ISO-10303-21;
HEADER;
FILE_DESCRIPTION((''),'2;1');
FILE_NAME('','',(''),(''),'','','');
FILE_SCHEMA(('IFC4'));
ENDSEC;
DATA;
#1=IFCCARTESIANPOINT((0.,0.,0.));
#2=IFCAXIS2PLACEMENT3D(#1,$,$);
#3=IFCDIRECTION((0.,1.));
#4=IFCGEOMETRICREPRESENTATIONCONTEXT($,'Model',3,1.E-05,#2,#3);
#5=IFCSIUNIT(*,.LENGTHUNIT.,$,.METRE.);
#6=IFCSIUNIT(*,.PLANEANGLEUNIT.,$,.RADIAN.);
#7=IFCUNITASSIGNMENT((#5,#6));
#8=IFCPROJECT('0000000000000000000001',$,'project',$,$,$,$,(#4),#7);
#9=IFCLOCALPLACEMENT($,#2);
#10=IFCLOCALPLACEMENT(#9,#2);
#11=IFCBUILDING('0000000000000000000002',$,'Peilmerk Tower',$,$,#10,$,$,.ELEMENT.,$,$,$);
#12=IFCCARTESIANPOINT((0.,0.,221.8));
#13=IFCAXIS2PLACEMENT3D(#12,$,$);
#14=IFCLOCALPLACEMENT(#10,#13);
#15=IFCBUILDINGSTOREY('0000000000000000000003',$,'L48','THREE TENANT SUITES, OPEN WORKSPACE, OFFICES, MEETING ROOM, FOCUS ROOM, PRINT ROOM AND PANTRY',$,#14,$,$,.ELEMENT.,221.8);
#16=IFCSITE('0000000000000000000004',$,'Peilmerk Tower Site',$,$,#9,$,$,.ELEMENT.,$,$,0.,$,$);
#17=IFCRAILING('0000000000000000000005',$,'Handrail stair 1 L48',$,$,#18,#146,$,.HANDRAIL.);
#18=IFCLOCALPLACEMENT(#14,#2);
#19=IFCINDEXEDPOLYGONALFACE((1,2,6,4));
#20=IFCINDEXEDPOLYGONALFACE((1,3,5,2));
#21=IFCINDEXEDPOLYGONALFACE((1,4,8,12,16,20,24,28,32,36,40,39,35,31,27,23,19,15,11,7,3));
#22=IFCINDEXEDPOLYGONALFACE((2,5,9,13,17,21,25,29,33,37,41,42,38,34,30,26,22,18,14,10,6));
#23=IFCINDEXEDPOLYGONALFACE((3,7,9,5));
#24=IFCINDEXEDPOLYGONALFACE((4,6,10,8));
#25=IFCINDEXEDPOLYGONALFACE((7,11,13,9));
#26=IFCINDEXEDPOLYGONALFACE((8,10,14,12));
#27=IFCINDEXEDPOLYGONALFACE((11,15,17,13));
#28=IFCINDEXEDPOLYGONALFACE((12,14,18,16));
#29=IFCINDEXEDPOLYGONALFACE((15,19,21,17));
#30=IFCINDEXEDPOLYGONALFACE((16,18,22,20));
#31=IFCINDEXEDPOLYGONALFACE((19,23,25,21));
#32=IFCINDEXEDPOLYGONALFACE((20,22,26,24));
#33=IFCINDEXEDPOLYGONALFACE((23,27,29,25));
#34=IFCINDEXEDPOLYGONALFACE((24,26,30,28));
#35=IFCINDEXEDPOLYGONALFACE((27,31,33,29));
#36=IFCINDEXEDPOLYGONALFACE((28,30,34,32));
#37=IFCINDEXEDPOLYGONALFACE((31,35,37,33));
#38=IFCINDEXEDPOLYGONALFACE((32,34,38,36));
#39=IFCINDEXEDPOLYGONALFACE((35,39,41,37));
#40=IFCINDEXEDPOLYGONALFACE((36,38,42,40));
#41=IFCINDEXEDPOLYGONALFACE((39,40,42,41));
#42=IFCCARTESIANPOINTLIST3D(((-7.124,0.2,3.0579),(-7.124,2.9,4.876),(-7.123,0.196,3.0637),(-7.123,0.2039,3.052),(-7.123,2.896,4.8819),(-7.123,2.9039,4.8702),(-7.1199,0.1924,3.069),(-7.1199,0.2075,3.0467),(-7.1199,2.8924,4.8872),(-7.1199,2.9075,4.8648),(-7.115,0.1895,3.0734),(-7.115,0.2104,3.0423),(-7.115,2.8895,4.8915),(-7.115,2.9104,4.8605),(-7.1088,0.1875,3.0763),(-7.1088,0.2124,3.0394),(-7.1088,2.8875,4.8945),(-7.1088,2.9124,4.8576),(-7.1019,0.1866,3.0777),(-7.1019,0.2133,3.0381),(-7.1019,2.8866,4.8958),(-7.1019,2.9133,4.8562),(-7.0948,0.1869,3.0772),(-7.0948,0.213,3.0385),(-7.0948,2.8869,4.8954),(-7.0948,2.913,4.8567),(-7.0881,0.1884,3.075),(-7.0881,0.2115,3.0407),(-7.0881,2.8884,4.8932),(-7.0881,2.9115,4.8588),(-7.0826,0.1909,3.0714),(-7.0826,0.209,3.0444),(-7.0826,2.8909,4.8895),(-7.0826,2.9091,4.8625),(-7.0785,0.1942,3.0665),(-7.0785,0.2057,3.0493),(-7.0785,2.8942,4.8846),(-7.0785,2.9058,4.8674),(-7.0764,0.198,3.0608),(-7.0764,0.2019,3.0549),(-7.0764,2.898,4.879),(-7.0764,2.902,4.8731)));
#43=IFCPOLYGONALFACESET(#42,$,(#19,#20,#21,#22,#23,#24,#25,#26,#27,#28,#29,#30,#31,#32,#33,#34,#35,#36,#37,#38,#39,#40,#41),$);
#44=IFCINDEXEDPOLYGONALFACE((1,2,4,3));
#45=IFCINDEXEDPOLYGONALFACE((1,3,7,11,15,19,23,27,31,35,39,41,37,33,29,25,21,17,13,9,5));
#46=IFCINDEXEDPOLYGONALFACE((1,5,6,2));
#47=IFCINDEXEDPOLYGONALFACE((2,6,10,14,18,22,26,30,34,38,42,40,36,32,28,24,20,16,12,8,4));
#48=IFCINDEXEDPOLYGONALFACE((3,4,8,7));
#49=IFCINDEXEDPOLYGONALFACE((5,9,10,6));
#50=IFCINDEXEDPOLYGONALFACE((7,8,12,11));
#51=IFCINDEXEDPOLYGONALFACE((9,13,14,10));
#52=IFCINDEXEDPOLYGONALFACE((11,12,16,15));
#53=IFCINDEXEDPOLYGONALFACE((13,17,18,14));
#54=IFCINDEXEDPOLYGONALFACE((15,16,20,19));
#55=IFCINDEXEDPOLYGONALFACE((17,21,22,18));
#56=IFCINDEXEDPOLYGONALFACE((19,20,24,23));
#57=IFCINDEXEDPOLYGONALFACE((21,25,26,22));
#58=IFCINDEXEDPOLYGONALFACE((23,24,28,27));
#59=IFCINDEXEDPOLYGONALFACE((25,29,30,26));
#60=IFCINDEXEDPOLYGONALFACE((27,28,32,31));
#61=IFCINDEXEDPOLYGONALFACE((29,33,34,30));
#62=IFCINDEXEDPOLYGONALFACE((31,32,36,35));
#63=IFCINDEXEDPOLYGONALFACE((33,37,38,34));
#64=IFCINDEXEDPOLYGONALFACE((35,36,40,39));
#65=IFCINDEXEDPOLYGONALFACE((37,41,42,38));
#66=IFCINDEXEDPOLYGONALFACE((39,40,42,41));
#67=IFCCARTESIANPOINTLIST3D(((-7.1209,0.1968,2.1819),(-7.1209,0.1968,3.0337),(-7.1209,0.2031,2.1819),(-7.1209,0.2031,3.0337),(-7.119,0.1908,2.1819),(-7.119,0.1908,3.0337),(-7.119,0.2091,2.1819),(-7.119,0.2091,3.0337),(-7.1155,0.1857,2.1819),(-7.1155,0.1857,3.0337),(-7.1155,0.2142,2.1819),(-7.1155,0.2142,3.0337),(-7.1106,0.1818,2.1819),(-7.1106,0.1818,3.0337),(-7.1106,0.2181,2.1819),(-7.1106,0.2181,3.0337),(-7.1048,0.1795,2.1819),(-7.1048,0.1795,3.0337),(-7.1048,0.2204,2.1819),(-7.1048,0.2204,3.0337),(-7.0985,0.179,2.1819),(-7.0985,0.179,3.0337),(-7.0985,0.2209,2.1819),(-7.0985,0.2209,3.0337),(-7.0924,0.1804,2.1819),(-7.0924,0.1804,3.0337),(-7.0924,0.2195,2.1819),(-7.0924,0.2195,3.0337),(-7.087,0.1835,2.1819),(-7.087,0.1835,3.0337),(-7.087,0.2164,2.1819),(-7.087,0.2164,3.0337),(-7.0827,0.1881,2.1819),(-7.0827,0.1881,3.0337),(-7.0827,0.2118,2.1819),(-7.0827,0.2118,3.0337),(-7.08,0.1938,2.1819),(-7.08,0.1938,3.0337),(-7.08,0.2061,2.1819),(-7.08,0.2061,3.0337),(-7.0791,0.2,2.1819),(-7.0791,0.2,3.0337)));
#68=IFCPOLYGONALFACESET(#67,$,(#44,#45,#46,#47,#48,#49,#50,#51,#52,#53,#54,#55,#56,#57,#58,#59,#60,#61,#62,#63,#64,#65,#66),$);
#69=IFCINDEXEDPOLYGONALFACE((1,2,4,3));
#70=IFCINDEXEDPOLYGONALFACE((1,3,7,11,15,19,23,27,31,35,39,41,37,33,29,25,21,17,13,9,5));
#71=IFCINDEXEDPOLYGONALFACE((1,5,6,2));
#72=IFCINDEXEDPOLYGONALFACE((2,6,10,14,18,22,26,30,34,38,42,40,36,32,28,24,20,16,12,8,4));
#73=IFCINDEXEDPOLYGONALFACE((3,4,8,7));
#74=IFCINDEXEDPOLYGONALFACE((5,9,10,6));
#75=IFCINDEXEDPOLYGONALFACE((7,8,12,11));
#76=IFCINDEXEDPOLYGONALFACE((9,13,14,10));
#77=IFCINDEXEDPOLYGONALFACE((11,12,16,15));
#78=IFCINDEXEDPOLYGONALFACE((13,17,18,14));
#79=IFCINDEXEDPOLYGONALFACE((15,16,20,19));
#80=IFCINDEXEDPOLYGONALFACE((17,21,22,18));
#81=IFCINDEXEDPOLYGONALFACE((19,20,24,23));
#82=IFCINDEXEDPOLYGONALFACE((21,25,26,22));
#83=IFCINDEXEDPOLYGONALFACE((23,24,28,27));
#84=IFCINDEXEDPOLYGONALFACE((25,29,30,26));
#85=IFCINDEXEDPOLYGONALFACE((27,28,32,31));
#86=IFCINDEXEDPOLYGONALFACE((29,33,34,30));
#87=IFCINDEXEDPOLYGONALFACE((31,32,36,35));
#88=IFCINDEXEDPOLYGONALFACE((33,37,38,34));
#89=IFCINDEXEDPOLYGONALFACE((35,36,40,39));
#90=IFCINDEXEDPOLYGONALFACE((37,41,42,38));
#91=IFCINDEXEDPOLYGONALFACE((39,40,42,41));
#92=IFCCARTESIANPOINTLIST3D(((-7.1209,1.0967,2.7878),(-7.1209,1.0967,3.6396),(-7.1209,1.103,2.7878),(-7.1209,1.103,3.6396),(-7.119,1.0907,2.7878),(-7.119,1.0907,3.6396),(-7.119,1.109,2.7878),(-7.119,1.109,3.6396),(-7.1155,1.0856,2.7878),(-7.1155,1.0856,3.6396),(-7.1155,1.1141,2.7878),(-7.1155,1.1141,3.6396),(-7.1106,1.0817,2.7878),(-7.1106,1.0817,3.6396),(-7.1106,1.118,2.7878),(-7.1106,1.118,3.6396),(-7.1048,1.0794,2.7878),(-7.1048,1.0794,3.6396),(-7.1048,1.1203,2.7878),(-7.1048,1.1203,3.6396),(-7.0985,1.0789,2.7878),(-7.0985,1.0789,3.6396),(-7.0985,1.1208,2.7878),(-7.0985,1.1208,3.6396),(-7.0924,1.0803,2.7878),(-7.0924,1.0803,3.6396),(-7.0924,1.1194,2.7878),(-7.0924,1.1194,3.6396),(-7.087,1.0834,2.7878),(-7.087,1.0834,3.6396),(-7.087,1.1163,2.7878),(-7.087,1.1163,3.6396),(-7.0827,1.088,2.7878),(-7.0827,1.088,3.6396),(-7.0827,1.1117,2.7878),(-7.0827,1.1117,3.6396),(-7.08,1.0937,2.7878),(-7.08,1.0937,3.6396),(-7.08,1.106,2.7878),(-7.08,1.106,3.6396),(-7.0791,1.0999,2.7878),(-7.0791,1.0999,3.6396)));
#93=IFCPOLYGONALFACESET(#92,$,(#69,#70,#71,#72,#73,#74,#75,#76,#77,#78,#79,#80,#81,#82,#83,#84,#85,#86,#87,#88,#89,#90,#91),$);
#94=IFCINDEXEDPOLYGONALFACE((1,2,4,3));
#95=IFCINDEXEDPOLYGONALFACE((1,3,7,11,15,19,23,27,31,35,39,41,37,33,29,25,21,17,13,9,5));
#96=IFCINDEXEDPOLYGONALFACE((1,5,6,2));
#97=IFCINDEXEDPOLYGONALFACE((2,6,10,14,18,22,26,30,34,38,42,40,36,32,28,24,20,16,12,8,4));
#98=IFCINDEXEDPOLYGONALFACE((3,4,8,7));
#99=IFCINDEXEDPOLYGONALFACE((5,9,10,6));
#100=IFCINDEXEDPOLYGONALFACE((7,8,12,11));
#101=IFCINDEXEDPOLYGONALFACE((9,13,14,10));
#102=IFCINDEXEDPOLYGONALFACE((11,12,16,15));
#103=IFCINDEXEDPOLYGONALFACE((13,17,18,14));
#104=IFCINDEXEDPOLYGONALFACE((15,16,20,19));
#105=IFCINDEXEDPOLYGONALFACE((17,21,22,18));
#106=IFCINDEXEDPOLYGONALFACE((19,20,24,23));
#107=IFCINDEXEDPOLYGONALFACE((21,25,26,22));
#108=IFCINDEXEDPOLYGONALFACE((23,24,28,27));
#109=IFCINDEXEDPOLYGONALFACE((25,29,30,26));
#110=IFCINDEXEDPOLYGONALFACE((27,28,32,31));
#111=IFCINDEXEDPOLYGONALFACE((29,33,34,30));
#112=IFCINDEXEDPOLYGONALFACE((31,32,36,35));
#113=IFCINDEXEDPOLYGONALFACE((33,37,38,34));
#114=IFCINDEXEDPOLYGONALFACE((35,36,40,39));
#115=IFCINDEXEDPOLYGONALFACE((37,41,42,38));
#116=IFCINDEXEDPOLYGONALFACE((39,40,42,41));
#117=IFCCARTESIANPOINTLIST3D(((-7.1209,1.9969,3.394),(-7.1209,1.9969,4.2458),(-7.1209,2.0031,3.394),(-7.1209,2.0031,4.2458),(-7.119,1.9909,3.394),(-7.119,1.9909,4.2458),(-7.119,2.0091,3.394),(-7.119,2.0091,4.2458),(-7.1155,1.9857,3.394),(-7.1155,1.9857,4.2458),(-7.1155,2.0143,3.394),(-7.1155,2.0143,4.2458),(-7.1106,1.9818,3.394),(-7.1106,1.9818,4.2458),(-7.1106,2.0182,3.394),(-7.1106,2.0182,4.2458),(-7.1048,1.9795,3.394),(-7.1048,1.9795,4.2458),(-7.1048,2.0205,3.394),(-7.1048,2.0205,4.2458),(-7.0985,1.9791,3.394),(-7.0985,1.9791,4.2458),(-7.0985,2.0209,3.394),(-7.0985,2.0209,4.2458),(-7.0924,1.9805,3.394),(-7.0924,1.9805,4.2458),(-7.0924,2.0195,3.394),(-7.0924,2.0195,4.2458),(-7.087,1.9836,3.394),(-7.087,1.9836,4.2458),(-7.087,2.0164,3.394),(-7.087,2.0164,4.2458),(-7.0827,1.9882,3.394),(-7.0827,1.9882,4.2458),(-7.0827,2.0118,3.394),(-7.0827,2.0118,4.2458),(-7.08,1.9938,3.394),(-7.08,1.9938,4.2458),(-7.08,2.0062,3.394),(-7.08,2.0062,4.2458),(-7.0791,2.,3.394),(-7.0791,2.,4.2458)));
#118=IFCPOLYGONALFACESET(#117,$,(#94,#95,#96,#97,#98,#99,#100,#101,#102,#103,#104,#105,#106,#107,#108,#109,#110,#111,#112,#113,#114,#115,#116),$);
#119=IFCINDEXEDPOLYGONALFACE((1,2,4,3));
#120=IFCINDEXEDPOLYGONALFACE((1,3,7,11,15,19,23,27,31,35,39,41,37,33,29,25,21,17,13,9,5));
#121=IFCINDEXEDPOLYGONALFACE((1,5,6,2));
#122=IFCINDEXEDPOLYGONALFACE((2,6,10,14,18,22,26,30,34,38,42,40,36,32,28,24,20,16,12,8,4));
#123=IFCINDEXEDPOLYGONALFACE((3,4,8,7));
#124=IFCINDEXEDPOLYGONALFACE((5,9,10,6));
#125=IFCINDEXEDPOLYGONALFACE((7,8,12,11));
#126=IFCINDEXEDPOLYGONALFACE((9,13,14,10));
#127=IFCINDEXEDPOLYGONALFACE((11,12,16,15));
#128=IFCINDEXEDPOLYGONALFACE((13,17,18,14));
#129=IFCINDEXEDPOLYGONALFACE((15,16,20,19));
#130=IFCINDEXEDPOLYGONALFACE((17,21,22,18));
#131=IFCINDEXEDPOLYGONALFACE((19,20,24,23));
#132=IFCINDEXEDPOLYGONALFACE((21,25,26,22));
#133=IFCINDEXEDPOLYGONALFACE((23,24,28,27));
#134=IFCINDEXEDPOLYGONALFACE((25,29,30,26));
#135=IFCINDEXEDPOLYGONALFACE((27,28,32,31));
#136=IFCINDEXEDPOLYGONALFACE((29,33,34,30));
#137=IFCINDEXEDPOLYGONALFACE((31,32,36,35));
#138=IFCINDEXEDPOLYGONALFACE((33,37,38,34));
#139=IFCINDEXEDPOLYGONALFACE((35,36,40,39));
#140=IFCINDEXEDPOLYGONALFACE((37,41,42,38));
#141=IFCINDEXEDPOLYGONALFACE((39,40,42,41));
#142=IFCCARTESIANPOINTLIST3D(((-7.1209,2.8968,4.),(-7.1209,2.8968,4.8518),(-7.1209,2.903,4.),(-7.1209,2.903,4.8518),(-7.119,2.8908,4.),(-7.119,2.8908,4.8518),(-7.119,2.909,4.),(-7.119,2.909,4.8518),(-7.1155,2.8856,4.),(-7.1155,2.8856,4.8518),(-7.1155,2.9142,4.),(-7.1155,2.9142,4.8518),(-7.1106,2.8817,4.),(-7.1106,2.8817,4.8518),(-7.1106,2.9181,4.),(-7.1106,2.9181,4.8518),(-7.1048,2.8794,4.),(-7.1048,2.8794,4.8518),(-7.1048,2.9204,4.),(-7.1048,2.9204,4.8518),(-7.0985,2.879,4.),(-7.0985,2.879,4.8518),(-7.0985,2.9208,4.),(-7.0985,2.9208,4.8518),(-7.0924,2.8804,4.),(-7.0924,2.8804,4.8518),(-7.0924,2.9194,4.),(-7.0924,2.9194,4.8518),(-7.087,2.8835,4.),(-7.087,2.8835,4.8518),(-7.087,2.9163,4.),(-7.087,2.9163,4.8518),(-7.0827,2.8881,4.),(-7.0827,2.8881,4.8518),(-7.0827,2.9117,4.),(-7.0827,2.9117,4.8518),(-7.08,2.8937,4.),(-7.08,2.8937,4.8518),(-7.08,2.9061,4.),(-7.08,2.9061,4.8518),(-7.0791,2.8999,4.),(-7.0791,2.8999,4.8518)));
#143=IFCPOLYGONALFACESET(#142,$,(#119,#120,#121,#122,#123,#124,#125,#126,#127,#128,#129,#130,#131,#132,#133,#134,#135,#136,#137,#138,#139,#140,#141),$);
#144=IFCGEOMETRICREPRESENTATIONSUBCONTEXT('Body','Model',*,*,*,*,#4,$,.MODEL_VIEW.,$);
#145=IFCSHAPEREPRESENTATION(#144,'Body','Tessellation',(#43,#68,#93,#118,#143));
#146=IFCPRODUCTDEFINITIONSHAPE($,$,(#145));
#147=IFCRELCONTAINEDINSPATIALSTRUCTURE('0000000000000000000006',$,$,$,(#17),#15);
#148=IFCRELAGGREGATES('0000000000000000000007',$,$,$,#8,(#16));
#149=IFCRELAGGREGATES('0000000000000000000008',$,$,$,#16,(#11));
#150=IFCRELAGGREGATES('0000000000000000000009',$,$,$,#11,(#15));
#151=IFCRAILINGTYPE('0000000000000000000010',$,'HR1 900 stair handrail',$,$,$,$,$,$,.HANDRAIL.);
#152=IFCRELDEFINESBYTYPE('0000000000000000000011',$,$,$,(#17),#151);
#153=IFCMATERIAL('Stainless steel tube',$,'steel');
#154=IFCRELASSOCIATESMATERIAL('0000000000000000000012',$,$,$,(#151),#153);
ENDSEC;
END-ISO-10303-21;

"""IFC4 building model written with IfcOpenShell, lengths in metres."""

from ifc_helpers import new_model, si_unit, direction, frame, origin, origin_2d, place, context, subcontext, project, spatial, circle, extrude, material, type_object, element, save


model = new_model("IFC4")

# Units and contexts
model_context = context("Model", 3, precision=1e-05, world=origin(), true_north=direction((0.0, 1.0)))
body_context = subcontext(model_context, "Body", "Model", "MODEL_VIEW")
ifc_project = project(units=[si_unit("LENGTHUNIT", "METRE"), si_unit("PLANEANGLEUNIT", "RADIAN")], contexts=[model_context])

# Site, building, storey
site_placement = place(None, origin())
site = spatial("IfcSite", under=ifc_project, at=site_placement, Name="Peilmerk Tower Site", CompositionType="ELEMENT", RefElevation=0.0)
building_placement = place(site_placement, origin())
building = spatial("IfcBuilding", under=site, at=building_placement, Name="Peilmerk Tower", CompositionType="ELEMENT")
storey_placement = place(building_placement, frame((0.0, 0.0, 221.8)))
storey = spatial("IfcBuildingStorey", under=building, at=storey_placement, Name="L48", Description="THREE TENANT SUITES, OPEN WORKSPACE, OFFICES, MEETING ROOM, FOCUS ROOM, PRINT ROOM AND PANTRY", CompositionType="ELEMENT", Elevation=221.8)

# Railing
ifc_material_1 = material(Name="Stainless steel tube", Category="steel")
railing_type_1 = type_object("IfcRailingType", Name="HR1 900 stair handrail", PredefinedType="HANDRAIL", material=ifc_material_1)
railing_1_placement = place(storey_placement, frame((-7.1001, 0.2, 2.1819)))
element("IfcRailing", 1, at=railing_1_placement, inside=storey, type_object=railing_type_1, Name="Handrail stair 1 L48", PredefinedType="HANDRAIL", context=body_context, shape_type="SweptSolid", body=[
    extrude(circle(Radius=0.0239, at=origin_2d()), frame((0.0, 0.0, 0.876), z_axis=(0.0, 0.829468, 0.558554), x_axis=(-1.0, 0.0, 0.0)), (0.0, 0.0, 1.0), 3.2551),
    extrude(circle(Radius=0.021, at=origin_2d()), origin(), (0.0, 0.0, 1.0), 0.8518),
    extrude(circle(Radius=0.021, at=origin_2d()), frame((0.0, 0.8999, 0.606)), (0.0, 0.0, 1.0), 0.8518),
    extrude(circle(Radius=0.021, at=origin_2d()), frame((0.0, 1.8, 1.2122)), (0.0, 0.0, 1.0), 0.8518),
    extrude(circle(Radius=0.021, at=origin_2d()), frame((0.0, 2.7, 1.8181)), (0.0, 0.0, 1.0), 0.8518),
])

save(model, "model.ifc")
